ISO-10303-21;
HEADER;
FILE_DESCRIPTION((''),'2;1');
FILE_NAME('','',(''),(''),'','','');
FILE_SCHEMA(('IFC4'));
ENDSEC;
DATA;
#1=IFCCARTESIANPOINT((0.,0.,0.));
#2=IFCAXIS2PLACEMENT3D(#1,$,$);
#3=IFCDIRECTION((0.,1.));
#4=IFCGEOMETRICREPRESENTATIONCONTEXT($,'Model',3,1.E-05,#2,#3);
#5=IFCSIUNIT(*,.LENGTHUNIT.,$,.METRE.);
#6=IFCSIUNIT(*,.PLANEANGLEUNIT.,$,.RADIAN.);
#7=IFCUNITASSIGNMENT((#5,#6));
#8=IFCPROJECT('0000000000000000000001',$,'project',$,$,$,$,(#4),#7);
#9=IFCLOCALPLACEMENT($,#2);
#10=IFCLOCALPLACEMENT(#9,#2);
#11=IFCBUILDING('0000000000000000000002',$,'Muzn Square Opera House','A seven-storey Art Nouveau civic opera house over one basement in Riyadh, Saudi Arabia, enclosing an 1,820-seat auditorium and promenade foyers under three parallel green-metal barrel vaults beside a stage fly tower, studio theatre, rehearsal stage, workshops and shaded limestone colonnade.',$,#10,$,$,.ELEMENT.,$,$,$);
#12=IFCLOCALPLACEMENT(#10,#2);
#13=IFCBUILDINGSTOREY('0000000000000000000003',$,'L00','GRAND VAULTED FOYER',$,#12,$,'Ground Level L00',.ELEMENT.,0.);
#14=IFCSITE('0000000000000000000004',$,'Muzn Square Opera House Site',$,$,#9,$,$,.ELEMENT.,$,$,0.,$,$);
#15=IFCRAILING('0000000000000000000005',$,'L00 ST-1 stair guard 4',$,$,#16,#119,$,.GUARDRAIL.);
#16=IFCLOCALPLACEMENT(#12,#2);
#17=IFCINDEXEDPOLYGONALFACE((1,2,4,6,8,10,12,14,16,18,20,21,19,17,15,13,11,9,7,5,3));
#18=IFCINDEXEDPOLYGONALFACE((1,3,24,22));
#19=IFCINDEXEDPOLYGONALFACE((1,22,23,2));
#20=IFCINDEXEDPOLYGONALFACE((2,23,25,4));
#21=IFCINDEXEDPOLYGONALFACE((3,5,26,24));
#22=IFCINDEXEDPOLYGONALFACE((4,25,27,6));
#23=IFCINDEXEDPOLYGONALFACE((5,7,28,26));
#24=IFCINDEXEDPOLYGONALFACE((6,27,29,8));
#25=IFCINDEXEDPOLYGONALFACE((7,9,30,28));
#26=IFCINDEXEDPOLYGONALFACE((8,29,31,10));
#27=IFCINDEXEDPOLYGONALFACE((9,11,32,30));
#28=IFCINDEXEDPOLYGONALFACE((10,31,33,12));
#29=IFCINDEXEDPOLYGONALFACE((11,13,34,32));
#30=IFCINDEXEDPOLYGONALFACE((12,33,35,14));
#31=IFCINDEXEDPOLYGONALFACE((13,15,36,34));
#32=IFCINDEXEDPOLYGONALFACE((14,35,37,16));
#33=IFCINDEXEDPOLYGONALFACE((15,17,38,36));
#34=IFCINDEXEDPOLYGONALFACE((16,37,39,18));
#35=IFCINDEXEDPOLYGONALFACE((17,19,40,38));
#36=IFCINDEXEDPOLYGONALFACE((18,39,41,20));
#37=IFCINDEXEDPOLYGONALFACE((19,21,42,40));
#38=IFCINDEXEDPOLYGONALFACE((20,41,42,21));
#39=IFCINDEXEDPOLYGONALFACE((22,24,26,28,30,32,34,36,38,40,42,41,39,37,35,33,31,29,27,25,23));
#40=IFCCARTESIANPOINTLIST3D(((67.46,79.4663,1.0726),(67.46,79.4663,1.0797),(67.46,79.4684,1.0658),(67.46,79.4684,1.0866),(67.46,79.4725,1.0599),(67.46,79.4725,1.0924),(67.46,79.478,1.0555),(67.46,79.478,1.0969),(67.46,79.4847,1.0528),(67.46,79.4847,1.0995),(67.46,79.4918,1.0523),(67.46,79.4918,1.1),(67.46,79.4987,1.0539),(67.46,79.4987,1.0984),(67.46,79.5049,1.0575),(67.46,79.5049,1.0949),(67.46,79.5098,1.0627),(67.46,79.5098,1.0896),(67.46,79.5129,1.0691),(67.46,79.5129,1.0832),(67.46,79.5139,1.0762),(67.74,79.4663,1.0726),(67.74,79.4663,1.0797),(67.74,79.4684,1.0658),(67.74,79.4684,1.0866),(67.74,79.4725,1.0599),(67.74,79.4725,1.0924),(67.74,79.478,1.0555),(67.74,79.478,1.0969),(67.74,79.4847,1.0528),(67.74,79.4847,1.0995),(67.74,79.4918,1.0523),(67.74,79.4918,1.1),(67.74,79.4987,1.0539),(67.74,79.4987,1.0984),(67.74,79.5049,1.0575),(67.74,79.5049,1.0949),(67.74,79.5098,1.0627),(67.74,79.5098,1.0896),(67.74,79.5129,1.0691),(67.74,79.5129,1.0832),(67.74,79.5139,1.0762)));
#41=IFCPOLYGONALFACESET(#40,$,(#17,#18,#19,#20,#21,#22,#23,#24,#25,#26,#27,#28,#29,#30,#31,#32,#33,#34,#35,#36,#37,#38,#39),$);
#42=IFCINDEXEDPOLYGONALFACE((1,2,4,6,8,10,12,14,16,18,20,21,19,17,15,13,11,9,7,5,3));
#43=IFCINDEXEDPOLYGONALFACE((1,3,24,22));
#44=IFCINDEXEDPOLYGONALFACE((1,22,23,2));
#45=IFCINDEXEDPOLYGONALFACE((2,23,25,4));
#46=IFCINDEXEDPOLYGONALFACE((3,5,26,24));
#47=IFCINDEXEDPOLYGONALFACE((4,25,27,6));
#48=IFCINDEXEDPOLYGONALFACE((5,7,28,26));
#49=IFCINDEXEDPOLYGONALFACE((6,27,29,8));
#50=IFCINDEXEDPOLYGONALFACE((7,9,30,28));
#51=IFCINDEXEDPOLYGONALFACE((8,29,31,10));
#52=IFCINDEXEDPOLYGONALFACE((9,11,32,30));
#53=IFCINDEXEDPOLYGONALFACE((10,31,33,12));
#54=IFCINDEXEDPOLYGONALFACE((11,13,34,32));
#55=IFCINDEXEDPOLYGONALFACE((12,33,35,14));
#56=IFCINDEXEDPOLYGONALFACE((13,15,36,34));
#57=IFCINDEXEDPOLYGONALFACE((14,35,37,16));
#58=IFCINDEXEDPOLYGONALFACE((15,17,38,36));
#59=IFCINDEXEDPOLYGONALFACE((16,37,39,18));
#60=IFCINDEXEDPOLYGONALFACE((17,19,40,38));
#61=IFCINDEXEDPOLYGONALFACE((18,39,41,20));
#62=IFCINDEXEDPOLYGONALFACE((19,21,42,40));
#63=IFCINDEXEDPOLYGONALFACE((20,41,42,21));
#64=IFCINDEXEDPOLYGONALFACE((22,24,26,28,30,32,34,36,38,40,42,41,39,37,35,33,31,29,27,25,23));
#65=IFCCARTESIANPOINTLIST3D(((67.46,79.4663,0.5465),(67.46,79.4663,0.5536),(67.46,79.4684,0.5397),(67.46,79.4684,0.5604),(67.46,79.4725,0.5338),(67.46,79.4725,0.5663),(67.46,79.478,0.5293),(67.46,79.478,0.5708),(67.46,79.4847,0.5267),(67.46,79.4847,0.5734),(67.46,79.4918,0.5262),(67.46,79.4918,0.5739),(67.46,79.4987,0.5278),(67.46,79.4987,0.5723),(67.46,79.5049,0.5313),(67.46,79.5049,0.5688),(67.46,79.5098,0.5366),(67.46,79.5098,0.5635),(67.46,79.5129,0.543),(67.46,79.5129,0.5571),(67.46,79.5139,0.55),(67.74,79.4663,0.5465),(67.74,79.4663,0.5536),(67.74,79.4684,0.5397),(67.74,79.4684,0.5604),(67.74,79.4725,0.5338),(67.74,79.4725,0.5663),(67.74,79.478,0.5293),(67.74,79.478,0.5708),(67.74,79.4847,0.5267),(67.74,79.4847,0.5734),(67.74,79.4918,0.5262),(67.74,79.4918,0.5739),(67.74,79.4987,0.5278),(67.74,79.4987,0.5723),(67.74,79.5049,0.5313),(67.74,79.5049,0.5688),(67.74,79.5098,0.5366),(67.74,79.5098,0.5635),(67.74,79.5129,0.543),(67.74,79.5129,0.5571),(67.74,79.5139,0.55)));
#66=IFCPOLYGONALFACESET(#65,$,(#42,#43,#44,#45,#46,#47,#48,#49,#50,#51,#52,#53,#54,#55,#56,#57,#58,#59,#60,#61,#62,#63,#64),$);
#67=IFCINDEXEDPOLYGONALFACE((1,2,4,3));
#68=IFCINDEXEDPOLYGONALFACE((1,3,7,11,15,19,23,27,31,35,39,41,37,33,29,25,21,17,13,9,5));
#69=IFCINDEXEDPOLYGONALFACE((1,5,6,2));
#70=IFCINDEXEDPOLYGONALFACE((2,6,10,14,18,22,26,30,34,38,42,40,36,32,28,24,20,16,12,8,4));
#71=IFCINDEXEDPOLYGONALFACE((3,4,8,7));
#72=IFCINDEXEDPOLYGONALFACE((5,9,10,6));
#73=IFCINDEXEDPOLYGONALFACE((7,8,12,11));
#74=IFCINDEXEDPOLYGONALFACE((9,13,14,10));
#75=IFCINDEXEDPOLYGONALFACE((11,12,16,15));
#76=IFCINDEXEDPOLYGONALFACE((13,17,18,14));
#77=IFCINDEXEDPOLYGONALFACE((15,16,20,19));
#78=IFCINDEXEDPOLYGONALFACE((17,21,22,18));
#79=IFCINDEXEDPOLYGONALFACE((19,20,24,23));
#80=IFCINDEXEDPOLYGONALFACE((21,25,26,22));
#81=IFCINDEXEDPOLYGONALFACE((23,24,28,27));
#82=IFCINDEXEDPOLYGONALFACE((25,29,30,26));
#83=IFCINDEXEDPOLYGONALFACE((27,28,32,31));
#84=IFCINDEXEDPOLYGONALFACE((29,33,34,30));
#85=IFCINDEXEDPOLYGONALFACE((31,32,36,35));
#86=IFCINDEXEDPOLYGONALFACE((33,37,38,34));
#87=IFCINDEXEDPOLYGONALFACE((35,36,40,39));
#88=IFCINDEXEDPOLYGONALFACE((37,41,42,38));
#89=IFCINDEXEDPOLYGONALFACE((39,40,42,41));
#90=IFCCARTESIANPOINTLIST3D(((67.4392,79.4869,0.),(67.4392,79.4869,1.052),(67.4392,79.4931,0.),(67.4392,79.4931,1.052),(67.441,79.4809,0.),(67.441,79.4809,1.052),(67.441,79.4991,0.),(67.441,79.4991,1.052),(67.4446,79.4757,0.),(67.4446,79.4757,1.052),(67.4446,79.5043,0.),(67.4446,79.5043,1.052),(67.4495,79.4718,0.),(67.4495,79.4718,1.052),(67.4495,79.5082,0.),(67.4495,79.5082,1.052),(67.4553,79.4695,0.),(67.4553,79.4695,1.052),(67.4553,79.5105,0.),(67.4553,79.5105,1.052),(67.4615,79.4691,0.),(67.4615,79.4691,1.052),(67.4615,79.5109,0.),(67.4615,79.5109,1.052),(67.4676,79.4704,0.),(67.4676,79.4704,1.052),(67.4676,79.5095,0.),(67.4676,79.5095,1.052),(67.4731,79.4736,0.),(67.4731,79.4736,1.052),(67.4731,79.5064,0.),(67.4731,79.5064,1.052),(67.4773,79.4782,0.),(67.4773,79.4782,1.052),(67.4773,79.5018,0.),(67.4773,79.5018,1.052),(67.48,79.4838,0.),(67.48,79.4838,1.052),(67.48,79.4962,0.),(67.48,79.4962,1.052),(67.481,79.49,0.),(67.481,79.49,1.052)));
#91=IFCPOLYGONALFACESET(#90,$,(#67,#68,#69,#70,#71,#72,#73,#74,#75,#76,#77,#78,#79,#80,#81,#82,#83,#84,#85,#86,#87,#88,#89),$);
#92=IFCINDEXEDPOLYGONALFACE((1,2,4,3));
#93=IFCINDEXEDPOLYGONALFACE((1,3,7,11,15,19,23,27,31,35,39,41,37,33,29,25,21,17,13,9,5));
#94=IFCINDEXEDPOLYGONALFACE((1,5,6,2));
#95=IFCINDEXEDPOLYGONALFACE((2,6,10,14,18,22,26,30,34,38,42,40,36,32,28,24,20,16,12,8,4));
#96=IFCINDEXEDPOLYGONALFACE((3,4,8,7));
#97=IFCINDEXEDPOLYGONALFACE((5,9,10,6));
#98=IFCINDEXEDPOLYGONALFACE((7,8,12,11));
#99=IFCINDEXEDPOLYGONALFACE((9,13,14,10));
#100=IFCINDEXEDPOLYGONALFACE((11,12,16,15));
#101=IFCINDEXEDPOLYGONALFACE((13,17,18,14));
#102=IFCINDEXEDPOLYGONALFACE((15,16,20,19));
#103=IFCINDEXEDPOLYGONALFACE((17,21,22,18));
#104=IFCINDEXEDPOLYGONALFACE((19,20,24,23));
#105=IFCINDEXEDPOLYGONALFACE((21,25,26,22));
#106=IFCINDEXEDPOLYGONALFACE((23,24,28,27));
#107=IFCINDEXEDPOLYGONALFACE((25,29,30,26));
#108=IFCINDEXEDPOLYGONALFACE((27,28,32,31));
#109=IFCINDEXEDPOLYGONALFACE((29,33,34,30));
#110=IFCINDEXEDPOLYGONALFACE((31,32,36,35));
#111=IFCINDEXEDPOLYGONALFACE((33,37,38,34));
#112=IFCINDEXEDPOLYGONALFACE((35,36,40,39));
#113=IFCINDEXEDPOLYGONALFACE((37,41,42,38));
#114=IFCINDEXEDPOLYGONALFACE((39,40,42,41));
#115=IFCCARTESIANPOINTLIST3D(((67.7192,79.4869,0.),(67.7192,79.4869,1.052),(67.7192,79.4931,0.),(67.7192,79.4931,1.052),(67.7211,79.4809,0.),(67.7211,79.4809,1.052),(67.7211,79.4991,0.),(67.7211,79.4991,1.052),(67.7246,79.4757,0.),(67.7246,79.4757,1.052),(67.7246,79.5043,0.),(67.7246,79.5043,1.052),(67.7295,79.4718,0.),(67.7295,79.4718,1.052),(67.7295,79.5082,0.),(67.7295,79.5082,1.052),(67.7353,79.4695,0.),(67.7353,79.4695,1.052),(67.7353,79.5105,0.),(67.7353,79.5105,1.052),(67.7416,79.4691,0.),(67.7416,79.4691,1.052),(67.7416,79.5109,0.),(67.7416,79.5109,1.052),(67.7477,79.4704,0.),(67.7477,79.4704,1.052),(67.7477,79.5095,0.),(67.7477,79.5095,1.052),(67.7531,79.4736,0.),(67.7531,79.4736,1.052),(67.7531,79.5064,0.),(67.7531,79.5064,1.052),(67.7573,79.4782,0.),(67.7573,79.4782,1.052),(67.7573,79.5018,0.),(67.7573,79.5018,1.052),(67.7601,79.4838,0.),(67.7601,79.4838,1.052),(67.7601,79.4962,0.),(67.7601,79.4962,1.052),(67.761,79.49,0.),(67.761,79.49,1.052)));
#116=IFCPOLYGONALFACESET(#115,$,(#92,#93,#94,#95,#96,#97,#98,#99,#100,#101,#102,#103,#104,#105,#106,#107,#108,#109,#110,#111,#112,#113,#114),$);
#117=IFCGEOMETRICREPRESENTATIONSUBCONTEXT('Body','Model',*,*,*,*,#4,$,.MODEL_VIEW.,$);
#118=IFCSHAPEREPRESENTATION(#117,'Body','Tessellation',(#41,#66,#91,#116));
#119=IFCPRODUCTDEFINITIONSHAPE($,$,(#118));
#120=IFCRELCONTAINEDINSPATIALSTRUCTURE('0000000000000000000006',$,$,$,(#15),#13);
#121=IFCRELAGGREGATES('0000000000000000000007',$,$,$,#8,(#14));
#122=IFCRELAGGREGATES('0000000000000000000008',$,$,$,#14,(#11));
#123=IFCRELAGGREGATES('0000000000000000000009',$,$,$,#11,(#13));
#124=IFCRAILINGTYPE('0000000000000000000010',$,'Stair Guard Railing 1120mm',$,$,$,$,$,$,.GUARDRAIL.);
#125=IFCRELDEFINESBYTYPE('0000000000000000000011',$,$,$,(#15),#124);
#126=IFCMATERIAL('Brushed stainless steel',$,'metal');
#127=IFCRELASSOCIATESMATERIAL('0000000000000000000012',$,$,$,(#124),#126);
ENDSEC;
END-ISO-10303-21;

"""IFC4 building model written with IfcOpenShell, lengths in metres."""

from ifc_helpers import new_model, si_unit, direction, frame, origin, origin_2d, place, context, subcontext, project, spatial, circle, extrude, material, type_object, element, save


model = new_model("IFC4")

# Units and contexts
model_context = context("Model", 3, precision=1e-05, world=origin(), true_north=direction((0.0, 1.0)))
body_context = subcontext(model_context, "Body", "Model", "MODEL_VIEW")
ifc_project = project(units=[si_unit("LENGTHUNIT", "METRE"), si_unit("PLANEANGLEUNIT", "RADIAN")], contexts=[model_context])

# Site, building, storey
site_placement = place(None, origin())
site = spatial("IfcSite", under=ifc_project, at=site_placement, Name="Muzn Square Opera House Site", CompositionType="ELEMENT", RefElevation=0.0)
building_placement = place(site_placement, origin())
building = spatial("IfcBuilding", under=site, at=building_placement, Name="Muzn Square Opera House", Description="A seven-storey Art Nouveau civic opera house over one basement in Riyadh, Saudi Arabia, enclosing an 1,820-seat auditorium and promenade foyers under three parallel green-metal barrel vaults beside a stage fly tower, studio theatre, rehearsal stage, workshops and shaded limestone colonnade.", CompositionType="ELEMENT")
storey_placement = place(building_placement, origin())
storey = spatial("IfcBuildingStorey", under=building, at=storey_placement, Name="L00", Description="GRAND VAULTED FOYER", LongName="Ground Level L00", CompositionType="ELEMENT", Elevation=0.0)

# Railing
ifc_material_1 = material(Name="Brushed stainless steel", Category="metal")
railing_type_1 = type_object("IfcRailingType", Name="Stair Guard Railing 1120mm", PredefinedType="GUARDRAIL", material=ifc_material_1)
railing_1_placement = place(storey_placement, frame((67.46, 79.49, 0.0)))
element("IfcRailing", 1, at=railing_1_placement, inside=storey, type_object=railing_type_1, Name="L00 ST-1 stair guard 4", PredefinedType="GUARDRAIL", context=body_context, shape_type="SweptSolid", body=[
    extrude(circle(Radius=0.0239, at=origin_2d()), frame((0.0, 0.0, 1.0762), z_axis=(1.0, 0.0, 0.0), x_axis=(0.0, 1.0, 0.0)), (0.0, 0.0, 1.0), 0.28),
    extrude(circle(Radius=0.0239, at=origin_2d()), frame((0.0, 0.0, 0.55), z_axis=(1.0, 0.0, 0.0), x_axis=(0.0, 1.0, 0.0)), (0.0, 0.0, 1.0), 0.28),
    extrude(circle(Radius=0.021, at=origin_2d()), origin(), (0.0, 0.0, 1.0), 1.052),
    extrude(circle(Radius=0.021, at=origin_2d()), frame((0.28, 0.0, 0.0)), (0.0, 0.0, 1.0), 1.052),
])

save(model, "model.ifc")
